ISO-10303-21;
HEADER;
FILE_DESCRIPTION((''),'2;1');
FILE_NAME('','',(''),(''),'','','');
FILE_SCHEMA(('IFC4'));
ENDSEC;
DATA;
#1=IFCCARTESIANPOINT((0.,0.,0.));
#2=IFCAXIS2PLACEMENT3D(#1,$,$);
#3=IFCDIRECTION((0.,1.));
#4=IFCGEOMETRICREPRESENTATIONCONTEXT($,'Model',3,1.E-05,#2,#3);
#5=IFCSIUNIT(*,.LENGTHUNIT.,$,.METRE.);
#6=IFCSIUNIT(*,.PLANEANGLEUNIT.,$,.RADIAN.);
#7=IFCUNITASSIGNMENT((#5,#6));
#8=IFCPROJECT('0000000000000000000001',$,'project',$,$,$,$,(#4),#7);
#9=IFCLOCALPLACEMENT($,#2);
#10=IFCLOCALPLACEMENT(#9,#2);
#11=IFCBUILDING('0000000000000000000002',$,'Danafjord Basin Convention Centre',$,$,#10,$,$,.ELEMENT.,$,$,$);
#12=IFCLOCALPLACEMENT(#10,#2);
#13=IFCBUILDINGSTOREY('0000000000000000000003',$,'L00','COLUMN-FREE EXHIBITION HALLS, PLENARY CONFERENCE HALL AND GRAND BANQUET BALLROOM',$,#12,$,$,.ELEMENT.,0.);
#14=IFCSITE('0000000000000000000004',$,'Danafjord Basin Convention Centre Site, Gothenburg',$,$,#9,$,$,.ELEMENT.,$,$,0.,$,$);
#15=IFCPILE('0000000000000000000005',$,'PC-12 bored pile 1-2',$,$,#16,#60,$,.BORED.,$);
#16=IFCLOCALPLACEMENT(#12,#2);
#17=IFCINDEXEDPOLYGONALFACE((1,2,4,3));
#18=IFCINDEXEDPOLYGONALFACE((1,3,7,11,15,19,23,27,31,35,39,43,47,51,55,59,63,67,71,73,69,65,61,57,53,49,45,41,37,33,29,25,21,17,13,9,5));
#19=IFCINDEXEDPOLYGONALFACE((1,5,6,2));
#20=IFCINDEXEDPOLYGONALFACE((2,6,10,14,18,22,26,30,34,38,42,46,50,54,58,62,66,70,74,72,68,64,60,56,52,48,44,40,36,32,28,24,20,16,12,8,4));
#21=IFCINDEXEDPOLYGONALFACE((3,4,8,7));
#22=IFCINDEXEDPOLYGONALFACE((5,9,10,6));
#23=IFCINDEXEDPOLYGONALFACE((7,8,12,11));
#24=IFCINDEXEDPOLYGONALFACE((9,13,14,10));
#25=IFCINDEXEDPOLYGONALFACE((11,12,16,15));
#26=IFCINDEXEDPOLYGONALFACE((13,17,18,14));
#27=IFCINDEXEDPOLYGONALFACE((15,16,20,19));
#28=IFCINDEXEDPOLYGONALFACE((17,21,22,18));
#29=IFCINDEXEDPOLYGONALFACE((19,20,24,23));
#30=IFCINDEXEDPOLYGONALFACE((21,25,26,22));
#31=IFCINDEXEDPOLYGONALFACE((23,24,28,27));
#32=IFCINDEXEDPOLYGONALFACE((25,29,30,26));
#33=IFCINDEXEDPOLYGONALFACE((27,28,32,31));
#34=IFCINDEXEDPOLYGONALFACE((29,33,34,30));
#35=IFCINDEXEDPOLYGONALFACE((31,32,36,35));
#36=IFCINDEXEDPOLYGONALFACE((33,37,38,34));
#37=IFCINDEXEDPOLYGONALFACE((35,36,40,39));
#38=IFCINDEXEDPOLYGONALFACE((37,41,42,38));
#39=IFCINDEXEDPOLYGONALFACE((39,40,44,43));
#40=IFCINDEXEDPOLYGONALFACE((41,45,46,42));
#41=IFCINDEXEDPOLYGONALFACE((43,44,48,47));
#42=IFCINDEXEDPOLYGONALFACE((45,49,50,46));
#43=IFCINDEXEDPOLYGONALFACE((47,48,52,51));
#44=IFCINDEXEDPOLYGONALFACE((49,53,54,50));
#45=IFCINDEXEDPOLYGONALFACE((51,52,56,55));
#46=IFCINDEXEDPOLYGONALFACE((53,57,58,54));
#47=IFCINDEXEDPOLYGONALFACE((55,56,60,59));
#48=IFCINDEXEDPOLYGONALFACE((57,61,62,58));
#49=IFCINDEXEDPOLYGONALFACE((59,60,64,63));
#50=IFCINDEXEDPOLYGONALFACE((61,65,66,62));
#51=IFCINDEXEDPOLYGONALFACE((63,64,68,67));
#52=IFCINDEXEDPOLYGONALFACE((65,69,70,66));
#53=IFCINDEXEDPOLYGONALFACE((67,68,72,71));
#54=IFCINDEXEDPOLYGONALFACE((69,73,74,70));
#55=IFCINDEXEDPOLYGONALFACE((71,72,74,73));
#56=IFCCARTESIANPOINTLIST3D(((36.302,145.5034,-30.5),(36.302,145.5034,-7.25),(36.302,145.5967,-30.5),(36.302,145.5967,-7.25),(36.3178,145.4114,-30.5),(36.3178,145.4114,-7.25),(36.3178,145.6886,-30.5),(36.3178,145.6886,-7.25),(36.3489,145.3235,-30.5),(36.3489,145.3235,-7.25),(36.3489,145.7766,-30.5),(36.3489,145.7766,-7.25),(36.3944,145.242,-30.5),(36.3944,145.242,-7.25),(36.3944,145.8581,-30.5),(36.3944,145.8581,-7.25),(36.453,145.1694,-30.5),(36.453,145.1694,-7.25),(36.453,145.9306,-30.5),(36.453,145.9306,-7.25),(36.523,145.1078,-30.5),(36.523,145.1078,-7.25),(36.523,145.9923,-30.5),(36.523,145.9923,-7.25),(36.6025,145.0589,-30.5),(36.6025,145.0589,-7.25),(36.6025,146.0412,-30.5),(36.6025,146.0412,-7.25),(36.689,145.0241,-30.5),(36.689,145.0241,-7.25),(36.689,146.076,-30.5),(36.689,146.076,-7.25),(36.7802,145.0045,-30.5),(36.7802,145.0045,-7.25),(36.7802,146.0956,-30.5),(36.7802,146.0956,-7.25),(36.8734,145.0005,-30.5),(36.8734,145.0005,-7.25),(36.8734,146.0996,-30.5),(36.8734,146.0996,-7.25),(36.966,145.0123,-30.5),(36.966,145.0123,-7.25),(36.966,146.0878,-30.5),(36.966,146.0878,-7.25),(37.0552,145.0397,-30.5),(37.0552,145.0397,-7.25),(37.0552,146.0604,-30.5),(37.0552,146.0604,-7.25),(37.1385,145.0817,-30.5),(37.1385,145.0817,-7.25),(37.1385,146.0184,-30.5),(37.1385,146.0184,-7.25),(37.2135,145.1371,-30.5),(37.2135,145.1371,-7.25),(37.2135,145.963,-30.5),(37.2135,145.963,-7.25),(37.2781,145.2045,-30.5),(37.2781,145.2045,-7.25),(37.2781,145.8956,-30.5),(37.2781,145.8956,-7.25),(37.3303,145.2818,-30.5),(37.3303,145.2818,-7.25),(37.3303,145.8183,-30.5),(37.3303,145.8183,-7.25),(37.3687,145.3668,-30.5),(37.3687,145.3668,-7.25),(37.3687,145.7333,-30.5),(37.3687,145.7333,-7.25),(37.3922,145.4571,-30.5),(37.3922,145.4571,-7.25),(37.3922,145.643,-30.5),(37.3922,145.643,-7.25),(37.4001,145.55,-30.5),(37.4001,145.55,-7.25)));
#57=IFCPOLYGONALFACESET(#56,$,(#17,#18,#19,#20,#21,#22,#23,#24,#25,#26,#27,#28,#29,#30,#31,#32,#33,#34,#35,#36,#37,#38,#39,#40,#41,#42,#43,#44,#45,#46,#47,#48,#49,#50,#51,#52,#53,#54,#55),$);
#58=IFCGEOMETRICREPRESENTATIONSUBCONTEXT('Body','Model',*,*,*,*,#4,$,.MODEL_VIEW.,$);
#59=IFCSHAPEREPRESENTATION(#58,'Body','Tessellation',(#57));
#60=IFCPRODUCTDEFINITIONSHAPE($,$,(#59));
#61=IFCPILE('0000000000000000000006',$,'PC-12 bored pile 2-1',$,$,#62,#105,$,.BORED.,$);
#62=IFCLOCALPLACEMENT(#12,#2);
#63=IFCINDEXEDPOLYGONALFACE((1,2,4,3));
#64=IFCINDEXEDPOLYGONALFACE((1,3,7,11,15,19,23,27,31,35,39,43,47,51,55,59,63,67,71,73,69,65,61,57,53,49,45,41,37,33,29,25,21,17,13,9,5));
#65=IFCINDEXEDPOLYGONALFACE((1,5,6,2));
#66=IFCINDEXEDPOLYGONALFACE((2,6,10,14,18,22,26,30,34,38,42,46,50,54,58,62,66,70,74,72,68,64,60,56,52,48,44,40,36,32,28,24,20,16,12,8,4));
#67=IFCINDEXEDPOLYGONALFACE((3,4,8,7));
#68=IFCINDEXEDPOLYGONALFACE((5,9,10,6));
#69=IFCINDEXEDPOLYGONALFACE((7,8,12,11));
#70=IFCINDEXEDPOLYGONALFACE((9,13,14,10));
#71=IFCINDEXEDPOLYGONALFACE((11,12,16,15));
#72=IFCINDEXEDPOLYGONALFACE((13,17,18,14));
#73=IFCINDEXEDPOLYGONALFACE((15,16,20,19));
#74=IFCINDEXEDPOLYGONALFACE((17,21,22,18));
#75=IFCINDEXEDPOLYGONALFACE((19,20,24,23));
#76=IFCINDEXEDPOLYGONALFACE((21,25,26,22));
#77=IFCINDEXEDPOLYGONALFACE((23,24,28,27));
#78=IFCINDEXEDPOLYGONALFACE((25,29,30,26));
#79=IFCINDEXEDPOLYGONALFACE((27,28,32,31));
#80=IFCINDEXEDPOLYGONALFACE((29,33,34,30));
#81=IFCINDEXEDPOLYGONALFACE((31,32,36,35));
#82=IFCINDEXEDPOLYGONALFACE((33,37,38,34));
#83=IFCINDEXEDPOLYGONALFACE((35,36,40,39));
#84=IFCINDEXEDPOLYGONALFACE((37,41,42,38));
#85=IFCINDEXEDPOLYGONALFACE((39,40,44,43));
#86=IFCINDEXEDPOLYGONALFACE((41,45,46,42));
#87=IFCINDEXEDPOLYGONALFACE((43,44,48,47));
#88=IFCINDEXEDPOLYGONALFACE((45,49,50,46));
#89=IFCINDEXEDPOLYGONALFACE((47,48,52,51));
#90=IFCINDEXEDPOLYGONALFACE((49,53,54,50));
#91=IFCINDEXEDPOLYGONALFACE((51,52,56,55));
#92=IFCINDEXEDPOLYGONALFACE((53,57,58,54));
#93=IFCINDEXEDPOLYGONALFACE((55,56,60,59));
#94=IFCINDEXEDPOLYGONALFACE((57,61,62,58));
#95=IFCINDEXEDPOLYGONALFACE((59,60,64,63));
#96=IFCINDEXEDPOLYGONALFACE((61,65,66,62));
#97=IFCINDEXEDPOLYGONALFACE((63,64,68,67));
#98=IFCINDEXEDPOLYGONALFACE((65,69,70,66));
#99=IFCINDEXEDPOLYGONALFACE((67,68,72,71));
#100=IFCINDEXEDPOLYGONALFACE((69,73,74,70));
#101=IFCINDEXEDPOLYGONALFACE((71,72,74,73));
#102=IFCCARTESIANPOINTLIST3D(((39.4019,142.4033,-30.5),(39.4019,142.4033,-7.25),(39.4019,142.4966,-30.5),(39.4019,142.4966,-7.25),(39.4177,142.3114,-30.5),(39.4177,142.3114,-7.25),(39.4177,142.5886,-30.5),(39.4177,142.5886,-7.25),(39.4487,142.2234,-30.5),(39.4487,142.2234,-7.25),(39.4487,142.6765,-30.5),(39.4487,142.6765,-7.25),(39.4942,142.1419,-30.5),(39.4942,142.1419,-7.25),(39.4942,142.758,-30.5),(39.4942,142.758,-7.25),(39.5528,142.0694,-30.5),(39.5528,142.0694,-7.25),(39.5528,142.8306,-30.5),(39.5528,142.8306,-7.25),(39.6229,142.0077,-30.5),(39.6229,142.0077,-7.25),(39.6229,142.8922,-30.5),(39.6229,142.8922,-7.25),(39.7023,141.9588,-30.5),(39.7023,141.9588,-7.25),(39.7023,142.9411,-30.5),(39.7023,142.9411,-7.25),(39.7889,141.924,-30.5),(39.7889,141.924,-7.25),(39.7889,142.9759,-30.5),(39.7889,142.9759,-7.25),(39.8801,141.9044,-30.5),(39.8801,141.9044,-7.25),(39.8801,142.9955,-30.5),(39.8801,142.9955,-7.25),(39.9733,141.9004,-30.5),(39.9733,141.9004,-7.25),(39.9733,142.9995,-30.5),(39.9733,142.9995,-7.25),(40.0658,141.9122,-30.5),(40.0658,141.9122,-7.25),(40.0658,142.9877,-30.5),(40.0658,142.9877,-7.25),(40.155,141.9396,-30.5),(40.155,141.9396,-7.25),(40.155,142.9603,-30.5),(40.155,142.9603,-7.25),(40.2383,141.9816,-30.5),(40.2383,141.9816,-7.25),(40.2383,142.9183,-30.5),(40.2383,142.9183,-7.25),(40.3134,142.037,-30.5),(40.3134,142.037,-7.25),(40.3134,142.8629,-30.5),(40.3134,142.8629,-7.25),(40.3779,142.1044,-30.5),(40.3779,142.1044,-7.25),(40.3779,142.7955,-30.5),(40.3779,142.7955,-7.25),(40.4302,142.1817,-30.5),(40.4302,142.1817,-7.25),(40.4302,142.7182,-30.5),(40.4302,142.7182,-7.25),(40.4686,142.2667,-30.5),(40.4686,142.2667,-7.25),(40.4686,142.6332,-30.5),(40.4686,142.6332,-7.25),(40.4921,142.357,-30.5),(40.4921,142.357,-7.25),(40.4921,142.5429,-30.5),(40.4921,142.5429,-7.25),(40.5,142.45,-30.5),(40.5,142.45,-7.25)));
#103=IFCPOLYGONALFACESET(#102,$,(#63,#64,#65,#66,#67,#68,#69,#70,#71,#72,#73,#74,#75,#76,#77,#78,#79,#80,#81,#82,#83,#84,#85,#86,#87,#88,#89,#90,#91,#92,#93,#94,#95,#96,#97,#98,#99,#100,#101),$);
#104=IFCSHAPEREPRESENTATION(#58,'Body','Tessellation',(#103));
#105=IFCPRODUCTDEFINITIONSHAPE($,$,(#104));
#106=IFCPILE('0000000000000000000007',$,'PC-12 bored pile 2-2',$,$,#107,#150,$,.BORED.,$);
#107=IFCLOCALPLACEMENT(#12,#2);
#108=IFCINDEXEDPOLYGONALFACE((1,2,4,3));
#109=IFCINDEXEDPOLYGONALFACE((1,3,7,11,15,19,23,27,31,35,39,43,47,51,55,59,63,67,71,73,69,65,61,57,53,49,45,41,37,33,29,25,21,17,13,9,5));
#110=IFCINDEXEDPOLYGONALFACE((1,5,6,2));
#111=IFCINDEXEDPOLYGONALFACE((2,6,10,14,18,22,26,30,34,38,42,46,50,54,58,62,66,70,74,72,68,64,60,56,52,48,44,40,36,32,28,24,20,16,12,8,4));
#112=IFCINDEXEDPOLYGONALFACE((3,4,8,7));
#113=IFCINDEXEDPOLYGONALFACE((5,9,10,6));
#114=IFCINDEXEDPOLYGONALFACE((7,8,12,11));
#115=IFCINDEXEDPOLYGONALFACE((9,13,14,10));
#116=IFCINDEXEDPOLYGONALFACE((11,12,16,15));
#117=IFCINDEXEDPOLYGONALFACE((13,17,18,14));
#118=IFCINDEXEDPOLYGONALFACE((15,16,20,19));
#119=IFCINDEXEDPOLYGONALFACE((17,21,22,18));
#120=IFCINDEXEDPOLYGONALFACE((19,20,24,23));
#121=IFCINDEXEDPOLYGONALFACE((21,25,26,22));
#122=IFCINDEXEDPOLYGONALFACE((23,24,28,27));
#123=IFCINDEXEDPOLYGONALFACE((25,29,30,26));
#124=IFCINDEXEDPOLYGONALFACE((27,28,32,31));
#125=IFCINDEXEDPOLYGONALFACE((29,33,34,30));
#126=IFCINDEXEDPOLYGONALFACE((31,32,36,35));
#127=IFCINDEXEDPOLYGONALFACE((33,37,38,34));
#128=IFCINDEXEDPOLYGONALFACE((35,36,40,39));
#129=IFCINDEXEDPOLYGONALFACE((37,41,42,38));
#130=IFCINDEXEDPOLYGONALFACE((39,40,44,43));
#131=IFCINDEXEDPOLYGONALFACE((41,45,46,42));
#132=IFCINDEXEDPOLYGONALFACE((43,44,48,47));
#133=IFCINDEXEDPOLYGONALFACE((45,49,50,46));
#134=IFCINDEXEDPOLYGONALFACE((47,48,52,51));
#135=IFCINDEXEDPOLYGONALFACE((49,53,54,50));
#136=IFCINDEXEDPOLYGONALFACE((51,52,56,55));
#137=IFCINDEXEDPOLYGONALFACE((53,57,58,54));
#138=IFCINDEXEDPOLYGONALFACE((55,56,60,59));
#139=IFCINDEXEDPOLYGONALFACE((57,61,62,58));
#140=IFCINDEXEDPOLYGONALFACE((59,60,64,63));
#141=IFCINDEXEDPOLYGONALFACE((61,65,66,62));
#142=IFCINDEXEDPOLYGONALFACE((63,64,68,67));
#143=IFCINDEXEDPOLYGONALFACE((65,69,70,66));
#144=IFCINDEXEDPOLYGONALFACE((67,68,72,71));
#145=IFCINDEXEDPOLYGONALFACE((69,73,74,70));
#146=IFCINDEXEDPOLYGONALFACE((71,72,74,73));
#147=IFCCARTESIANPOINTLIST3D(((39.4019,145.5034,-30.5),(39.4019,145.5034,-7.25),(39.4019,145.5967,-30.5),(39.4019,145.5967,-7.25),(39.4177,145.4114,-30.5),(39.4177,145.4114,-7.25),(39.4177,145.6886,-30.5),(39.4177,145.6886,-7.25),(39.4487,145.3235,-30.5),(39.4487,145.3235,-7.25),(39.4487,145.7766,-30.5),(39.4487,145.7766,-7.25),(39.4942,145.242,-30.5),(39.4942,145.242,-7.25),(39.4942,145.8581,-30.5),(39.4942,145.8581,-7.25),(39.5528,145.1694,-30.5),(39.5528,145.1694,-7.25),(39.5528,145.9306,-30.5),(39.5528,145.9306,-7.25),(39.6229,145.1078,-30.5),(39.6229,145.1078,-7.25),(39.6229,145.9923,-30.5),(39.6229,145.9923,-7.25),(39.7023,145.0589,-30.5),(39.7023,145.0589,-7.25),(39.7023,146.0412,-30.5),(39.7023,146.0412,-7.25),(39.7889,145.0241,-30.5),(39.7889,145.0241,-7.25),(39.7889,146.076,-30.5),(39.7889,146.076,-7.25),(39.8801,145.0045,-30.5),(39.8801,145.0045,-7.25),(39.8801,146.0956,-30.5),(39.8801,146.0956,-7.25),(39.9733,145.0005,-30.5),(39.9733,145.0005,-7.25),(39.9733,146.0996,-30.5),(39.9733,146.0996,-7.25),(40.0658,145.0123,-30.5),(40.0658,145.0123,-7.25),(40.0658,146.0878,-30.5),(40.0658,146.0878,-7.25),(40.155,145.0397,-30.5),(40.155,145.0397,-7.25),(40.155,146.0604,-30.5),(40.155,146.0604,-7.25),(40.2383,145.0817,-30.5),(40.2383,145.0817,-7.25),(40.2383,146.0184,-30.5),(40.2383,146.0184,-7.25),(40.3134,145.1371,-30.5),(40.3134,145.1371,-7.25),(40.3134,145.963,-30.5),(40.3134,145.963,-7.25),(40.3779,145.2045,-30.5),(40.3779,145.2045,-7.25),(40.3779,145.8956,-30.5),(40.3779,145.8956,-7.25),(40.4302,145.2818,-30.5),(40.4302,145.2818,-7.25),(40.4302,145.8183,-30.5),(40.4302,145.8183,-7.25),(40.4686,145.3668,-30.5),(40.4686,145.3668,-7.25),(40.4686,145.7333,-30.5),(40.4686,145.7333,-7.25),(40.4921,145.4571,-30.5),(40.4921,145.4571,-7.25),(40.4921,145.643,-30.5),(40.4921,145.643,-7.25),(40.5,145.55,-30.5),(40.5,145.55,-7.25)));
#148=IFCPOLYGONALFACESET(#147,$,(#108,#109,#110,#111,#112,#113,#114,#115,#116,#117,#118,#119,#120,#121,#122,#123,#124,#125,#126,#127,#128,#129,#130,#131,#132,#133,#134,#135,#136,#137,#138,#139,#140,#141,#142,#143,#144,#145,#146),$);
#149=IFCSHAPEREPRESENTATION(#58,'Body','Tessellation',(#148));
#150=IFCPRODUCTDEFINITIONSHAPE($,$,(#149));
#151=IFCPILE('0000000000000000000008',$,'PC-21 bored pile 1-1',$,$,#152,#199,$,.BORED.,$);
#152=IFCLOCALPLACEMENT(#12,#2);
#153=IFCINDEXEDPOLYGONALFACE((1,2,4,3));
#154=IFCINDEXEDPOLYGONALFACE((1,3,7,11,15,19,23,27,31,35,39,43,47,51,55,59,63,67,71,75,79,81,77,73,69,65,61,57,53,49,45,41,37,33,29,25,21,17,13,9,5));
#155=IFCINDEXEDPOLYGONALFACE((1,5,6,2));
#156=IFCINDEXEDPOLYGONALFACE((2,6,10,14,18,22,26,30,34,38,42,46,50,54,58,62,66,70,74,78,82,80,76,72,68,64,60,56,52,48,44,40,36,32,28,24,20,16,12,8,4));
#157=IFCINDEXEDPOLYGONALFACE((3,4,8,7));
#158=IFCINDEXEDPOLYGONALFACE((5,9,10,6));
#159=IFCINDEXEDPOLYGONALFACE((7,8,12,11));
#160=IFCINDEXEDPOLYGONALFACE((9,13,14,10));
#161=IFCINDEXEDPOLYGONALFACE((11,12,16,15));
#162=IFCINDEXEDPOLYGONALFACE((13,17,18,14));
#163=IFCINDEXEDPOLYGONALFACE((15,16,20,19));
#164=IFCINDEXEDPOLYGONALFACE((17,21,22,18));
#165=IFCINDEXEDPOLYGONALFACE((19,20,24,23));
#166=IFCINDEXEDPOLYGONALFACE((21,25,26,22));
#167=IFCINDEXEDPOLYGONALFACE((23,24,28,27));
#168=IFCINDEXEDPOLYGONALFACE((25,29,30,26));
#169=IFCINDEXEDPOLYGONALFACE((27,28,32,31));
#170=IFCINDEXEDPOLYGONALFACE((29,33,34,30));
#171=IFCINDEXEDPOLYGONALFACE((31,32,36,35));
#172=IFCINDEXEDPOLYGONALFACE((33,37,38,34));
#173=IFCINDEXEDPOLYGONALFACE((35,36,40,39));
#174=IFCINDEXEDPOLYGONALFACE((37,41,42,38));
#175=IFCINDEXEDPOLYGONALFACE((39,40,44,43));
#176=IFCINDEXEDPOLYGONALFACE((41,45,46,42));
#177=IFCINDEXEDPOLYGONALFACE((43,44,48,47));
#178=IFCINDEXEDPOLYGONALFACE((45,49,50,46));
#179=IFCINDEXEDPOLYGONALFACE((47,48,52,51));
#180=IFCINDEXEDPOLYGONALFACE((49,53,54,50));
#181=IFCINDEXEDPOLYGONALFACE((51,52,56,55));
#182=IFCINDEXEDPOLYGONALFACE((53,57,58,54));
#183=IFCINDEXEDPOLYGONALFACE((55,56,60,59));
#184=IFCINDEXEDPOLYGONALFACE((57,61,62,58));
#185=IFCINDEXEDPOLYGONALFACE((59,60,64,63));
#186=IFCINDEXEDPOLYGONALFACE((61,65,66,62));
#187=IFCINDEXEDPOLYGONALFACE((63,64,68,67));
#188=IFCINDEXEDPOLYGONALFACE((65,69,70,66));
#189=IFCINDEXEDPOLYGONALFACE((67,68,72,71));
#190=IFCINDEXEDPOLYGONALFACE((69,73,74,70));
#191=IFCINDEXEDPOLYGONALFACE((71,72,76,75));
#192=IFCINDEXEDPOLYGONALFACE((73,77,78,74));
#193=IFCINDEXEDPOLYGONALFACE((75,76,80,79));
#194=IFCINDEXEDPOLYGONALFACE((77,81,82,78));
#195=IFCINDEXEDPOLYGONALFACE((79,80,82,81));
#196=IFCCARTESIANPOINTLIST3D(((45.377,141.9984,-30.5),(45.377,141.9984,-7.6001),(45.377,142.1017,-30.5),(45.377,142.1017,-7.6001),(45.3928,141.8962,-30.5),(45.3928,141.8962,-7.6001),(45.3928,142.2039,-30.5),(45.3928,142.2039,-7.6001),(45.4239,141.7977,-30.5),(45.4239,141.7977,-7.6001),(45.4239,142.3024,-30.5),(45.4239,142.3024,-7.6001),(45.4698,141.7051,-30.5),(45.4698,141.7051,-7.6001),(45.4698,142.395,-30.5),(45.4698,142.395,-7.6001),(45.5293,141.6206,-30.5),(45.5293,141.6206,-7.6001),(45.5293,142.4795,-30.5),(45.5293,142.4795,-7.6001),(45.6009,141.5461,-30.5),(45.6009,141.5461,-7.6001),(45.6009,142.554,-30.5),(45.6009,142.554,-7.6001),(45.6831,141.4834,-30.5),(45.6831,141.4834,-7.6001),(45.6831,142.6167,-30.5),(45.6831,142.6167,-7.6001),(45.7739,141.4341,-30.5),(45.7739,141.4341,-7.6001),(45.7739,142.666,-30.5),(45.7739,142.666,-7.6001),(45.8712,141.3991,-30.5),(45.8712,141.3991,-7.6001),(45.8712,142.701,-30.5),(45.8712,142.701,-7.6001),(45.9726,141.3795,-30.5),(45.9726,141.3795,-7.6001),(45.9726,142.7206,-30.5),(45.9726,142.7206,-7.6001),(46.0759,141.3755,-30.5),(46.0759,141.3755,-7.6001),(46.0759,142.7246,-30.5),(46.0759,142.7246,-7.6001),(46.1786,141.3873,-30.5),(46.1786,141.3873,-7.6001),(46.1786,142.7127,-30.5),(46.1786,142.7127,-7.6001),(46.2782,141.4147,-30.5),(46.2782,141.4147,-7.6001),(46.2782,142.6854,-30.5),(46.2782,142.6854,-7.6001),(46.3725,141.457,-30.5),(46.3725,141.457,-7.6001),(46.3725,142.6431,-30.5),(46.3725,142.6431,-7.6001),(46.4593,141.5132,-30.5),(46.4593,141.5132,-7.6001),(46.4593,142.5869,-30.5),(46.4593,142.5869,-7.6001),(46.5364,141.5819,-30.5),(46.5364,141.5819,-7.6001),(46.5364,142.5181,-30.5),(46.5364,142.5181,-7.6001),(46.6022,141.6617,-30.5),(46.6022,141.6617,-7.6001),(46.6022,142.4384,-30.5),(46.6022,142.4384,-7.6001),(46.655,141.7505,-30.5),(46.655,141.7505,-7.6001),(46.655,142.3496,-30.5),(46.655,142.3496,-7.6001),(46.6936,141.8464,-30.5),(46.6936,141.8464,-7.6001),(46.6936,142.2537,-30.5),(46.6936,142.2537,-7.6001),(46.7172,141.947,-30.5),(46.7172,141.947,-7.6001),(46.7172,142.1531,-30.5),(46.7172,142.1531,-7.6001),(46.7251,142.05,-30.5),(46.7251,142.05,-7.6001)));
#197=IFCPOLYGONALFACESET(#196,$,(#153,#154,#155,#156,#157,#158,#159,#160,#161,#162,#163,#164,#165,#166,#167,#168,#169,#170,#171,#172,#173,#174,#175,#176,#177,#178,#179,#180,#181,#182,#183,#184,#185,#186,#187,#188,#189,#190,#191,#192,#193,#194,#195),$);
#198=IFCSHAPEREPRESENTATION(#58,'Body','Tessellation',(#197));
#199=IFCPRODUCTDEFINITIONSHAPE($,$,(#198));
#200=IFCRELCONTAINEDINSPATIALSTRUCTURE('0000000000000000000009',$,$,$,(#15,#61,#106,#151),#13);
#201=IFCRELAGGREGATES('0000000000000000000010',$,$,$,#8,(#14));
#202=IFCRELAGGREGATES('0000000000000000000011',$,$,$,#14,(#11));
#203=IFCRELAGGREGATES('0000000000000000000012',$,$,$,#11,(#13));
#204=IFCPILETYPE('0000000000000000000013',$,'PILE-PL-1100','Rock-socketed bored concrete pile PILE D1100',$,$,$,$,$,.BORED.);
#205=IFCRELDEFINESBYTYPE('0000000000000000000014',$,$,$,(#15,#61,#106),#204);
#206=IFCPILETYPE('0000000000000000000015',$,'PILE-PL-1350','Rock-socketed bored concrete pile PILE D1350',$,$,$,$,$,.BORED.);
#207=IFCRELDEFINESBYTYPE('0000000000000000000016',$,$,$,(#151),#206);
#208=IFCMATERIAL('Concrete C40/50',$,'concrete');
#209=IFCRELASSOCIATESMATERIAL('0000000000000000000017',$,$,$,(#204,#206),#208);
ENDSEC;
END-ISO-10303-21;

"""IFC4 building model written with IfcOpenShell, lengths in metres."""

from ifc_helpers import new_model, si_unit, direction, frame, origin, origin_2d, place, context, subcontext, project, spatial, circle, extrude, material, material_profile, profile_set, type_object, element, save


model = new_model("IFC4")

# Units and contexts
model_context = context("Model", 3, precision=1e-05, world=origin(), true_north=direction((0.0, 1.0)))
body_context = subcontext(model_context, "Body", "Model", "MODEL_VIEW")
ifc_project = project(units=[si_unit("LENGTHUNIT", "METRE"), si_unit("PLANEANGLEUNIT", "RADIAN")], contexts=[model_context])

# Site, building, storey
site_placement = place(None, origin())
site = spatial("IfcSite", under=ifc_project, at=site_placement, Name="Danafjord Basin Convention Centre Site, Gothenburg", CompositionType="ELEMENT", RefElevation=0.0)
building_placement = place(site_placement, origin())
building = spatial("IfcBuilding", under=site, at=building_placement, Name="Danafjord Basin Convention Centre", CompositionType="ELEMENT")
storey_placement = place(building_placement, origin())
storey = spatial("IfcBuildingStorey", under=building, at=storey_placement, Name="L00", Description="COLUMN-FREE EXHIBITION HALLS, PLENARY CONFERENCE HALL AND GRAND BANQUET BALLROOM", CompositionType="ELEMENT", Elevation=0.0)

# Shared definitions
ifc_material_1 = material(Name="Concrete C40/50", Category="concrete")

# Piles
ifc_material_profile_1 = material_profile(ifc_material_1, circle(Radius=0.55, at=origin_2d()), Name="PILE D1100")
ifc_profile_set_1 = profile_set([ifc_material_profile_1], Name="Concrete C40/50")
pile_type_1 = type_object("IfcPileType", Name="PILE-PL-1100", Description="Rock-socketed bored concrete pile PILE D1100", PredefinedType="BORED", material=ifc_profile_set_1)
for number, where, z_axis, x_axis, name in (
    (1, (36.8501, 145.55, -7.25), (0.0, 0.0, -1.0), (1.0, 0.0, 0.0), "PC-12 bored pile 1-2"),
    (2, (39.95, 142.45, -7.25), (0.0, 0.0, -1.0), (1.0, 0.0, 0.0), "PC-12 bored pile 2-1"),
    (3, (39.95, 145.55, -7.25), (0.0, 0.0, -1.0), (1.0, 0.0, 0.0), "PC-12 bored pile 2-2"),
):
    element("IfcPile", number, at=place(storey_placement, frame(where, z_axis=z_axis, x_axis=x_axis)), inside=storey, type_object=pile_type_1, Name=name, PredefinedType="BORED", context=body_context, shape_type="SweptSolid", body=[
        extrude(circle(Radius=0.55, at=origin_2d()), origin(), (0.0, 0.0, 1.0), 23.25),
    ])
ifc_material_profile_2 = material_profile(ifc_material_1, circle(Radius=0.675, at=origin_2d()), Name="PILE D1350")
ifc_profile_set_2 = profile_set([ifc_material_profile_2], Name="Concrete C40/50")
pile_type_2 = type_object("IfcPileType", Name="PILE-PL-1350", Description="Rock-socketed bored concrete pile PILE D1350", PredefinedType="BORED", material=ifc_profile_set_2)
for number, where, z_axis, x_axis, name in (
    (4, (46.05, 142.05, -7.6001), (0.0, 0.0, -1.0), (1.0, 0.0, 0.0), "PC-21 bored pile 1-1"),
):
    element("IfcPile", number, at=place(storey_placement, frame(where, z_axis=z_axis, x_axis=x_axis)), inside=storey, type_object=pile_type_2, Name=name, PredefinedType="BORED", context=body_context, shape_type="SweptSolid", body=[
        extrude(circle(Radius=0.675, at=origin_2d()), origin(), (0.0, 0.0, 1.0), 22.8999),
    ])

save(model, "model.ifc")
